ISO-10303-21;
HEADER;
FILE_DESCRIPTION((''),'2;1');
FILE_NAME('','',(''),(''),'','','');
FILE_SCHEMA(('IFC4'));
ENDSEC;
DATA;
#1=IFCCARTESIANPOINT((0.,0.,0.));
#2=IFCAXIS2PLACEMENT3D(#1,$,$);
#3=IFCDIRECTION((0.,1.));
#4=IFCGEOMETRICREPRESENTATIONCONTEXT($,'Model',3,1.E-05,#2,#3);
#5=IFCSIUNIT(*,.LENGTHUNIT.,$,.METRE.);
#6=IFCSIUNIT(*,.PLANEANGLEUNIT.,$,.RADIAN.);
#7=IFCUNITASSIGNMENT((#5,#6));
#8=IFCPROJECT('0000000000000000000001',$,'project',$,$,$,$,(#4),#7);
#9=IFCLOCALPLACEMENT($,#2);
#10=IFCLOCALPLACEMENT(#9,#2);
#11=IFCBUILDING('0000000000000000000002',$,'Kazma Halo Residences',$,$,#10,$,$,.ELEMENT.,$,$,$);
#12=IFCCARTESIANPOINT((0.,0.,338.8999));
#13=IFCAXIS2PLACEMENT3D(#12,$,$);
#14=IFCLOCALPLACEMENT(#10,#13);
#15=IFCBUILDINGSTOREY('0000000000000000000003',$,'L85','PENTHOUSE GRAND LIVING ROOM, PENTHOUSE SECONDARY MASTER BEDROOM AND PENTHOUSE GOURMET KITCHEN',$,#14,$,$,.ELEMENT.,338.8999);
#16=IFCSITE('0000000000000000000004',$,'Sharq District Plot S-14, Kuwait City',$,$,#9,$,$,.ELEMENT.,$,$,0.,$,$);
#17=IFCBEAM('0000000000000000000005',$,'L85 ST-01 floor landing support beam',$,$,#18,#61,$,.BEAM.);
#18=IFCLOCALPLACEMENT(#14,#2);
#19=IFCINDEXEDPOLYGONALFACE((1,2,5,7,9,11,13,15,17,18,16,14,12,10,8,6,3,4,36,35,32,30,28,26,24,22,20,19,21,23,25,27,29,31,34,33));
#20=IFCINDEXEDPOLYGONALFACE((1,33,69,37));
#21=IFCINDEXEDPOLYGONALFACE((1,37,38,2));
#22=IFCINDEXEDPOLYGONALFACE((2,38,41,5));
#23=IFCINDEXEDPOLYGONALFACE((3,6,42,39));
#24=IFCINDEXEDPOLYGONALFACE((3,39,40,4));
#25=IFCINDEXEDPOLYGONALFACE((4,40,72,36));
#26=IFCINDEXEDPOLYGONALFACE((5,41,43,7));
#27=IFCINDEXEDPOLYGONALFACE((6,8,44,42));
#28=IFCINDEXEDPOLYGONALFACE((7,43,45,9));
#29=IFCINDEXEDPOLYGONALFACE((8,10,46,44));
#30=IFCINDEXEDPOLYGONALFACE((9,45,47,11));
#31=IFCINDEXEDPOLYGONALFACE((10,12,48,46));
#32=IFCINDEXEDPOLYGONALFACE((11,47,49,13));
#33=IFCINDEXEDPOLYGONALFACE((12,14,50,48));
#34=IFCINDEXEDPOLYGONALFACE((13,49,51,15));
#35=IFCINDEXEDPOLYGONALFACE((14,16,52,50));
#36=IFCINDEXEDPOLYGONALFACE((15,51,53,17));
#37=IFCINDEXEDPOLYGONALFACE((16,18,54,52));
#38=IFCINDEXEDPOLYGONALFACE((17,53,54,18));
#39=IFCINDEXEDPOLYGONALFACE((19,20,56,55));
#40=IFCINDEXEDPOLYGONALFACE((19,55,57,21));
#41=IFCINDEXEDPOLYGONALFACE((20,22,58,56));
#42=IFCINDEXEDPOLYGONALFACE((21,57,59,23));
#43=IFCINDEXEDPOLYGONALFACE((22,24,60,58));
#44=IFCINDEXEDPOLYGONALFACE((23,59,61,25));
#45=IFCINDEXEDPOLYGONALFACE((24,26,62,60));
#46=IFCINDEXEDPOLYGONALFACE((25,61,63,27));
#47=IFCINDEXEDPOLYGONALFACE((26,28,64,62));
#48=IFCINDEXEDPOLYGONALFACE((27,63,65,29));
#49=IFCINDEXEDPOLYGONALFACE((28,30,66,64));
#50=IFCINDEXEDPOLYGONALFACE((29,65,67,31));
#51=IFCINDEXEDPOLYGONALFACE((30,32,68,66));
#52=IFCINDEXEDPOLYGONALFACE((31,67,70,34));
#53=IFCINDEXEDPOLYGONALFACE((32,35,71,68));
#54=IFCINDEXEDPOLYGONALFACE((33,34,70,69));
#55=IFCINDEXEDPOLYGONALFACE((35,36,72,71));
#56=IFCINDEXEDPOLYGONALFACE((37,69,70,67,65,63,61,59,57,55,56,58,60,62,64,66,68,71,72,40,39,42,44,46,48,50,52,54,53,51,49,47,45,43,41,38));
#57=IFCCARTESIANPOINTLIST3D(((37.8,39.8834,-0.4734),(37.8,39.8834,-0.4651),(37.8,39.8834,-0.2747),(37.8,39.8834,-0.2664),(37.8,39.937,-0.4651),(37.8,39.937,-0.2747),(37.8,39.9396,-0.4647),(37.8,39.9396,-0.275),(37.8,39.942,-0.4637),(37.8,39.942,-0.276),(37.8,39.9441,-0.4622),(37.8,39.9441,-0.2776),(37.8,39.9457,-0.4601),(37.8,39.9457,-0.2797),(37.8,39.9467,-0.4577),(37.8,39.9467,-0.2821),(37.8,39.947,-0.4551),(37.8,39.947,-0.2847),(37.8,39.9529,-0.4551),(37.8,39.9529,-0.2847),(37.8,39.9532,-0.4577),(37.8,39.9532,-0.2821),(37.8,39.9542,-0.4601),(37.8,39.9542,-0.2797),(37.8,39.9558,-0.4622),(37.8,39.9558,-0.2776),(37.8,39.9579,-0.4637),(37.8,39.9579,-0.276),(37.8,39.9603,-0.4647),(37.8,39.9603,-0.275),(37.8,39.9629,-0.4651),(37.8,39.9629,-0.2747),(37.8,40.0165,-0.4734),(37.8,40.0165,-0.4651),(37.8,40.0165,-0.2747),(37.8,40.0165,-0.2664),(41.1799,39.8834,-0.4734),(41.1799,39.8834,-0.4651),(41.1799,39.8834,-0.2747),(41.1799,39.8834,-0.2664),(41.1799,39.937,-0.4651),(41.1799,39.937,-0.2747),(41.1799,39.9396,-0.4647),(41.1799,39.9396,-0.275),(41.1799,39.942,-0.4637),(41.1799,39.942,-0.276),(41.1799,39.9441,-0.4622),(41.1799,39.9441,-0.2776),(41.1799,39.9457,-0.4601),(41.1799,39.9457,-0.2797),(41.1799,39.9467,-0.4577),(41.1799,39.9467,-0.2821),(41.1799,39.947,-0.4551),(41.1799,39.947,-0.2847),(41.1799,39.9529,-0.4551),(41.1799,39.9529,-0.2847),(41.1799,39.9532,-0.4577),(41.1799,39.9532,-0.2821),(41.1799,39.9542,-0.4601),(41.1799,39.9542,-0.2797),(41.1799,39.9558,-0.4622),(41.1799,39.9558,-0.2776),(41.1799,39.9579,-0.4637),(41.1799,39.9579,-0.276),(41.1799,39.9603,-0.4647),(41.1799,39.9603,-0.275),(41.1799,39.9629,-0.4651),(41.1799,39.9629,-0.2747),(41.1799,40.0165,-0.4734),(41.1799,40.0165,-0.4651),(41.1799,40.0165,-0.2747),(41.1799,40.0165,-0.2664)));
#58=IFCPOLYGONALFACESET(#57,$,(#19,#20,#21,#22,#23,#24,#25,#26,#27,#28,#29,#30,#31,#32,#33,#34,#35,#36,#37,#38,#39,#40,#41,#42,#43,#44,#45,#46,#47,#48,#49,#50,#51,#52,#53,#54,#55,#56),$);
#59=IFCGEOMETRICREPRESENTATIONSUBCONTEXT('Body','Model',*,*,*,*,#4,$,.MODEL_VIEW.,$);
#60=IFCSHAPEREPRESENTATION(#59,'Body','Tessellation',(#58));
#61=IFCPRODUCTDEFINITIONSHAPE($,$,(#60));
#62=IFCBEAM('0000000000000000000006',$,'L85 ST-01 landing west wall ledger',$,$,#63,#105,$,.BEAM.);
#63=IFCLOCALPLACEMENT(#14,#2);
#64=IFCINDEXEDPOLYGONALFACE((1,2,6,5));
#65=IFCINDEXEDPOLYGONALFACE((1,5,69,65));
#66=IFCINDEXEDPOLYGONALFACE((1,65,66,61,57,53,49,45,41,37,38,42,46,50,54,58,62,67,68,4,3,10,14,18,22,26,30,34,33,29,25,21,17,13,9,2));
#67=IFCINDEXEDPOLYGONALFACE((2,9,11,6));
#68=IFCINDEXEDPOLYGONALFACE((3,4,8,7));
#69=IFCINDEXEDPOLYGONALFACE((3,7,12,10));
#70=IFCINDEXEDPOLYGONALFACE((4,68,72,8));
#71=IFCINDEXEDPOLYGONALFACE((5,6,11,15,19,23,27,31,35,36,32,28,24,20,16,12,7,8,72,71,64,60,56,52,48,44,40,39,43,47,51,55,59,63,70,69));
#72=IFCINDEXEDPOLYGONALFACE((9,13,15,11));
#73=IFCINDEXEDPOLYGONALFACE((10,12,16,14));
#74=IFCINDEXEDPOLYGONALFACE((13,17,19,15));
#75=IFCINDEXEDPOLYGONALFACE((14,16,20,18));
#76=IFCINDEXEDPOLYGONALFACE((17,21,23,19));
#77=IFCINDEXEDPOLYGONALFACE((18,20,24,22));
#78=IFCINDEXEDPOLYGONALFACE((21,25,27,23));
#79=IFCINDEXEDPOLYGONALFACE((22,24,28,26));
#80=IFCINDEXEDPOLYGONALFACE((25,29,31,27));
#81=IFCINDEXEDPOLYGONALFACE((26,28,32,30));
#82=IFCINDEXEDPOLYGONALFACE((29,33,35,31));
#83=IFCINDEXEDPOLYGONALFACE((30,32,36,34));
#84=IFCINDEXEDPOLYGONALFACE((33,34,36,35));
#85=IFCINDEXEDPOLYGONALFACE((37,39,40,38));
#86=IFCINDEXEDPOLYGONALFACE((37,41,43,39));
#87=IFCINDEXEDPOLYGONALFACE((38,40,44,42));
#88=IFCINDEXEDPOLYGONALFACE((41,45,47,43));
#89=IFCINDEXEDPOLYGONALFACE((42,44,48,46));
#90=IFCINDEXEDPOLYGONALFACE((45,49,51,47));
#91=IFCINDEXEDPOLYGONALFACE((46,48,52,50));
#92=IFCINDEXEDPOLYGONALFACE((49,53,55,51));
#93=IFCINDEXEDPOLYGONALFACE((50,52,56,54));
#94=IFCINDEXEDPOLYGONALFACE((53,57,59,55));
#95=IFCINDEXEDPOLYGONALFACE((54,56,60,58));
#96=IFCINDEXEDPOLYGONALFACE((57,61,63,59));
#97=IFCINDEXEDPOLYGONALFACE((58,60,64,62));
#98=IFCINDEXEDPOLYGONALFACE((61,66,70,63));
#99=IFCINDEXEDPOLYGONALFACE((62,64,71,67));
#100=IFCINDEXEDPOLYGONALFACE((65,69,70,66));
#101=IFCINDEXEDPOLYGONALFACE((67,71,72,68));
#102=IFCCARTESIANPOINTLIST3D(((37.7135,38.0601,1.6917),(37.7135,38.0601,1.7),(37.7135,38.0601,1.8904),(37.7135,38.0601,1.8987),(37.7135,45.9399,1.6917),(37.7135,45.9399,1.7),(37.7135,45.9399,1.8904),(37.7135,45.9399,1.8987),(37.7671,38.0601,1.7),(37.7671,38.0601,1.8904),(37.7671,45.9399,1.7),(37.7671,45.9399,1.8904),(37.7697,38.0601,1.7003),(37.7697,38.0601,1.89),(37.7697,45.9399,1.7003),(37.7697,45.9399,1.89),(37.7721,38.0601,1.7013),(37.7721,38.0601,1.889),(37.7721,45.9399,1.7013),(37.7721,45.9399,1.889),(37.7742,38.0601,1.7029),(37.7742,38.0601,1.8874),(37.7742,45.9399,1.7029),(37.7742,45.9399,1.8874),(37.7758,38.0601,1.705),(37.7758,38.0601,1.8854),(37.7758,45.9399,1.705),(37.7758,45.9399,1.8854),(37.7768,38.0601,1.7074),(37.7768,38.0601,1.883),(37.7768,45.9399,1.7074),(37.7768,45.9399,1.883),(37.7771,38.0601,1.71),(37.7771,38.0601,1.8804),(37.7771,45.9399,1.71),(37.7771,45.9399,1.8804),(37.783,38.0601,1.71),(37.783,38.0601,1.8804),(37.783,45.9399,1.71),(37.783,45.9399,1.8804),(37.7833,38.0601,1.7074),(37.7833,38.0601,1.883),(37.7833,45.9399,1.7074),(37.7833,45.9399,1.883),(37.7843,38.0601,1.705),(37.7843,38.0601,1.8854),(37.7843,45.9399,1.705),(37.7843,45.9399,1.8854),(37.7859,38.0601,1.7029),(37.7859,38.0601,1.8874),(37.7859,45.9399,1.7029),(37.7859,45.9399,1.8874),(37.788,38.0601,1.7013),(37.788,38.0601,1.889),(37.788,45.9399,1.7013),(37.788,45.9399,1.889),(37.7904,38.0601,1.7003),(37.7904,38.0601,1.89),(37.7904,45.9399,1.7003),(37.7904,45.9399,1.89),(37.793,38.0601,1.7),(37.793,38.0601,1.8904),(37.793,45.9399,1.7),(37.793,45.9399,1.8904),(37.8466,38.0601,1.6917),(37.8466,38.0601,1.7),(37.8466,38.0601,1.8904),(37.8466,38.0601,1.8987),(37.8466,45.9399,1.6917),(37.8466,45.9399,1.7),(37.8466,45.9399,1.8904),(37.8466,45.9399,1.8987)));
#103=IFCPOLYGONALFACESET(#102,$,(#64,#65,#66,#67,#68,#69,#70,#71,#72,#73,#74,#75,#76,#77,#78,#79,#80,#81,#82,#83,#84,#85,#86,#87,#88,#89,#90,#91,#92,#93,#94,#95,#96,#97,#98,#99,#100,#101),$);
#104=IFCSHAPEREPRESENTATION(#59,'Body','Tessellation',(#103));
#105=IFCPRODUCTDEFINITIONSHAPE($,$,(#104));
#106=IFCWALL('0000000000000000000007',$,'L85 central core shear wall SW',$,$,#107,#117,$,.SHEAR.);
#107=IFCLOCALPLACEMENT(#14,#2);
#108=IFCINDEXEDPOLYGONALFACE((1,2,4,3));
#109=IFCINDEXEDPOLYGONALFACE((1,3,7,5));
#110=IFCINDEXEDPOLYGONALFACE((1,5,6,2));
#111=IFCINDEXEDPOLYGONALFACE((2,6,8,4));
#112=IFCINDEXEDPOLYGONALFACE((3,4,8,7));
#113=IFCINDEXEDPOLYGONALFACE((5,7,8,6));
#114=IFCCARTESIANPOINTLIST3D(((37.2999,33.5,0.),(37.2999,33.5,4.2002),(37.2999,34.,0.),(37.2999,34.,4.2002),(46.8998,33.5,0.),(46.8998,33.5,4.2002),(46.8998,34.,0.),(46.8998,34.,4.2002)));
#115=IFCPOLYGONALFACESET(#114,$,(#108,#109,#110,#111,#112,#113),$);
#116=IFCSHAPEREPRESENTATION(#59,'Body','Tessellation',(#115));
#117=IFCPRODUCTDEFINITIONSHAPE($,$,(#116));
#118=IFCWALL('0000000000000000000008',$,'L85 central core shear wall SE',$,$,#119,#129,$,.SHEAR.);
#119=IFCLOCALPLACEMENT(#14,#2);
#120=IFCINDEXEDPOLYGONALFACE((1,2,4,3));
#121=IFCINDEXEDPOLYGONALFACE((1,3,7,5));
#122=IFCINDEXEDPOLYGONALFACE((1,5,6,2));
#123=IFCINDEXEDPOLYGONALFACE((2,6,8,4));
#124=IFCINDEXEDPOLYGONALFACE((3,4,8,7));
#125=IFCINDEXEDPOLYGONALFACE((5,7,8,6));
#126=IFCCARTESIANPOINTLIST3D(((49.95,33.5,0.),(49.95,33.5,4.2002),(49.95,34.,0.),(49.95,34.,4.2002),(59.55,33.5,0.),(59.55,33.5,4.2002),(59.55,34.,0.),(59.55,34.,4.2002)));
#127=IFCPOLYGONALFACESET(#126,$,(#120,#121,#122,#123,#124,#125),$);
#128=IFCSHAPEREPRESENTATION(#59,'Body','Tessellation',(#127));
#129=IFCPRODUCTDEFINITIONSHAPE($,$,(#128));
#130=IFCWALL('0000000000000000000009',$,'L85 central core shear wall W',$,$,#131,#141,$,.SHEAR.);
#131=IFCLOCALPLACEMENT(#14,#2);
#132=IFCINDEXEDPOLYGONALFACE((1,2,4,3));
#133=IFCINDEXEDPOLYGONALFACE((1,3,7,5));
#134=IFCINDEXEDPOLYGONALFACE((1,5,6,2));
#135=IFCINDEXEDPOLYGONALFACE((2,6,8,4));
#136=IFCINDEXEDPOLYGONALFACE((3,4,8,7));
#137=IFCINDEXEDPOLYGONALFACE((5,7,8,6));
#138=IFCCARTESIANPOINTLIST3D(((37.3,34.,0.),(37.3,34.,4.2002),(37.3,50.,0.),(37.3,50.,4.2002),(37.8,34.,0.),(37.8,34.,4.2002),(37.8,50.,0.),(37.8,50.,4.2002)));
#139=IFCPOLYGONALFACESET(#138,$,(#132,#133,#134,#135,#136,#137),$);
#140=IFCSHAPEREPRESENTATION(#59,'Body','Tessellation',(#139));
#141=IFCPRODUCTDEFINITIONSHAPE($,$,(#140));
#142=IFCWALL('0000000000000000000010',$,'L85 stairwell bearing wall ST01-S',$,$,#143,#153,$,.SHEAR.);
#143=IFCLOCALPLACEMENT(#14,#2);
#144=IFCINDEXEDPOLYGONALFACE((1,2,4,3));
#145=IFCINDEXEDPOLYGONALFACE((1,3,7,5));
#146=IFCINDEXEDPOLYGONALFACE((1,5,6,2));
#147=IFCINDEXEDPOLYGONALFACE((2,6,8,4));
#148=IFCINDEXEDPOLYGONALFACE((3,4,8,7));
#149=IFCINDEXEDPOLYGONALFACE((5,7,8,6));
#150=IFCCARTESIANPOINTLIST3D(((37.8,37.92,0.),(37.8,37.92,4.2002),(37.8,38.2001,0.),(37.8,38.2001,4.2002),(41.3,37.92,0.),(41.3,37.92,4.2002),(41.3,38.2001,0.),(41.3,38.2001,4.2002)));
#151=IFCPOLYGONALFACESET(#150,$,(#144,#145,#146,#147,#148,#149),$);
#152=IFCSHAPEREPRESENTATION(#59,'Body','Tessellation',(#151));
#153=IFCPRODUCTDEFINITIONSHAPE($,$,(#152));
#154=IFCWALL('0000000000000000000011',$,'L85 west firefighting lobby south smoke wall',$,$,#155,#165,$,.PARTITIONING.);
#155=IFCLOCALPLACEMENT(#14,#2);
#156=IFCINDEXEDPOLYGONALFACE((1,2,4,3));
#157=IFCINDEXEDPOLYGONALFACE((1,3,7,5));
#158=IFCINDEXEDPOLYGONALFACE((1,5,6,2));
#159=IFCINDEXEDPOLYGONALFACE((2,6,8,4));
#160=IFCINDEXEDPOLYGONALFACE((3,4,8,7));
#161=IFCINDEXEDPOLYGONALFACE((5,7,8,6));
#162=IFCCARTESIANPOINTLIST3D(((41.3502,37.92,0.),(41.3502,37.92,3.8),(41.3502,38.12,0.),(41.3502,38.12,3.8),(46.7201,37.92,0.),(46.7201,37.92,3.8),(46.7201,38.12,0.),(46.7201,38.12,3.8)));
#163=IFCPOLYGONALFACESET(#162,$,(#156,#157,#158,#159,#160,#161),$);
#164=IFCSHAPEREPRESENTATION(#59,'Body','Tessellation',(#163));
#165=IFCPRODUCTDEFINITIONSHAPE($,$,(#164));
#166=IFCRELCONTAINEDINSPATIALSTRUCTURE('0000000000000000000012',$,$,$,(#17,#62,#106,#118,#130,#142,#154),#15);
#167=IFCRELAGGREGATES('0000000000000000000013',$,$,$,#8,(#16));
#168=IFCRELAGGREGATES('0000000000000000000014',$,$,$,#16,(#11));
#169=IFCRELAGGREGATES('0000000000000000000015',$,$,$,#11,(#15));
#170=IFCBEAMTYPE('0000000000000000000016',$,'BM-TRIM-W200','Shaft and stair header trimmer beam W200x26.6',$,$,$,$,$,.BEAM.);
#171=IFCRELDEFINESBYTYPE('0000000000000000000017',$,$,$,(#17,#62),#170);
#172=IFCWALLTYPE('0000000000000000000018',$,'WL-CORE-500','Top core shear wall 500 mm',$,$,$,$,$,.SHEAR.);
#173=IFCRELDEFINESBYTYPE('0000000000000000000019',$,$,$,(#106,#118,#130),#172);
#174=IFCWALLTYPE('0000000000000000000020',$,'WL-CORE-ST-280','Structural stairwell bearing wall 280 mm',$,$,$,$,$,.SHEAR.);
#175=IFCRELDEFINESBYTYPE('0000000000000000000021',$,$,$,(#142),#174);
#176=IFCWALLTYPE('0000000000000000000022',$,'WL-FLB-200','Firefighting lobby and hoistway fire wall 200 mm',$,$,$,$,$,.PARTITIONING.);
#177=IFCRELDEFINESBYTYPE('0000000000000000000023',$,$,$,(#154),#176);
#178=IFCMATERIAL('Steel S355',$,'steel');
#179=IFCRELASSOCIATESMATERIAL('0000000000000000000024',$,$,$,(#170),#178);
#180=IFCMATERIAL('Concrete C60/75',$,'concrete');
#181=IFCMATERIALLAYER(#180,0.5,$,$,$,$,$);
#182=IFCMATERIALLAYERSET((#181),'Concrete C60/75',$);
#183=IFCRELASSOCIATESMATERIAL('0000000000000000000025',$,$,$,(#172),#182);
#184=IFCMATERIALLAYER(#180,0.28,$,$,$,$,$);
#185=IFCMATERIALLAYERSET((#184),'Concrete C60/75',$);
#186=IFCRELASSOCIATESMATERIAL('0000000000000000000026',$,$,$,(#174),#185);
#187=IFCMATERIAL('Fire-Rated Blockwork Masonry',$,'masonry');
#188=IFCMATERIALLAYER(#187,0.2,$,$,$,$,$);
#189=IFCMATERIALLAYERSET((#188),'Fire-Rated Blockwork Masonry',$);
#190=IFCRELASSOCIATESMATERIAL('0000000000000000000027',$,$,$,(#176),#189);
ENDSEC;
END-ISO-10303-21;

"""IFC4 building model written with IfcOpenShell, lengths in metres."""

from ifc_helpers import new_model, si_unit, direction, frame, frame_2d, origin, origin_2d, place, context, subcontext, project, spatial, rectangle, i_section, extrude, material, layer, layer_set, material_profile, profile_set, type_object, element, save


model = new_model("IFC4")

# Units and contexts
model_context = context("Model", 3, precision=1e-05, world=origin(), true_north=direction((0.0, 1.0)))
body_context = subcontext(model_context, "Body", "Model", "MODEL_VIEW")
ifc_project = project(units=[si_unit("LENGTHUNIT", "METRE"), si_unit("PLANEANGLEUNIT", "RADIAN")], contexts=[model_context])

# Site, building, storey
site_placement = place(None, origin())
site = spatial("IfcSite", under=ifc_project, at=site_placement, Name="Sharq District Plot S-14, Kuwait City", CompositionType="ELEMENT", RefElevation=0.0)
building_placement = place(site_placement, origin())
building = spatial("IfcBuilding", under=site, at=building_placement, Name="Kazma Halo Residences", CompositionType="ELEMENT")
storey_placement = place(building_placement, frame((0.0, 0.0, 338.8999)))
storey = spatial("IfcBuildingStorey", under=building, at=storey_placement, Name="L85", Description="PENTHOUSE GRAND LIVING ROOM, PENTHOUSE SECONDARY MASTER BEDROOM AND PENTHOUSE GOURMET KITCHEN", CompositionType="ELEMENT", Elevation=338.8999)

# Beams
ifc_material_1 = material(Name="Steel S355", Category="steel")
ifc_material_profile_1 = material_profile(ifc_material_1, i_section(OverallWidth=0.1331, OverallDepth=0.207, WebThickness=0.0059, FlangeThickness=0.0083, FilletRadius=0.01, at=origin_2d()), Name="W200x26.6")
ifc_profile_set_1 = profile_set([ifc_material_profile_1], Name="Steel S355")
beam_type_1 = type_object("IfcBeamType", Name="BM-TRIM-W200", Description="Shaft and stair header trimmer beam W200x26.6", PredefinedType="BEAM", material=ifc_profile_set_1)
beam_1_placement = place(storey_placement, frame((37.8, 39.95, -0.3699), z_axis=(1.0, 0.0, 0.0), x_axis=(0.0, 1.0, 0.0)))
element("IfcBeam", 1, at=beam_1_placement, inside=storey, type_object=beam_type_1, Name="L85 ST-01 floor landing support beam", PredefinedType="BEAM", context=body_context, shape_type="SweptSolid", body=[
    extrude(i_section(OverallWidth=0.1331, OverallDepth=0.207, WebThickness=0.0059, FlangeThickness=0.0083, FilletRadius=0.01, at=origin_2d()), origin(), (0.0, 0.0, 1.0), 3.3799),
])
beam_2_placement = place(storey_placement, frame((37.78, 38.0601, 1.7952), z_axis=(0.0, 1.0, 0.0), x_axis=(-1.0, 0.0, 0.0)))
element("IfcBeam", 2, at=beam_2_placement, inside=storey, type_object=beam_type_1, Name="L85 ST-01 landing west wall ledger", PredefinedType="BEAM", context=body_context, shape_type="SweptSolid", body=[
    extrude(i_section(OverallWidth=0.1331, OverallDepth=0.207, WebThickness=0.0059, FlangeThickness=0.0083, FilletRadius=0.01, at=origin_2d()), origin(), (0.0, 0.0, 1.0), 7.8799),
])

# Walls
ifc_material_2 = material(Name="Concrete C60/75", Category="concrete")
ifc_layer_1 = layer(ifc_material_2, 0.5)
ifc_layer_set_1 = layer_set([ifc_layer_1], Name="Concrete C60/75")
wall_type_1 = type_object("IfcWallType", Name="WL-CORE-500", Description="Top core shear wall 500 mm", PredefinedType="SHEAR", material=ifc_layer_set_1)
wall_1_placement = place(storey_placement, frame((37.3, 33.75, 0.0), z_axis=(0.0, 0.0, 1.0), x_axis=(1.0, 0.0, 0.0)))
element("IfcWall", 3, at=wall_1_placement, inside=storey, type_object=wall_type_1, Name="L85 central core shear wall SW", PredefinedType="SHEAR", context=body_context, shape_type="SweptSolid", body=[
    extrude(rectangle(XDim=9.5999, YDim=0.5, at=frame_2d((4.7998, 0.0))), origin(), (0.0, 0.0, 1.0), 4.2002),
])
wall_2_placement = place(storey_placement, frame((49.95, 33.75, 0.0), z_axis=(0.0, 0.0, 1.0), x_axis=(1.0, 0.0, 0.0)))
element("IfcWall", 4, at=wall_2_placement, inside=storey, type_object=wall_type_1, Name="L85 central core shear wall SE", PredefinedType="SHEAR", context=body_context, shape_type="SweptSolid", body=[
    extrude(rectangle(XDim=9.6001, YDim=0.5, at=frame_2d((4.8, 0.0))), origin(), (0.0, 0.0, 1.0), 4.2002),
])
wall_3_placement = place(storey_placement, frame((37.55, 34.0, 0.0), z_axis=(0.0, 0.0, 1.0), x_axis=(0.0, 1.0, 0.0)))
element("IfcWall", 5, at=wall_3_placement, inside=storey, type_object=wall_type_1, Name="L85 central core shear wall W", PredefinedType="SHEAR", context=body_context, shape_type="SweptSolid", body=[
    extrude(rectangle(XDim=16.0, YDim=0.5, at=frame_2d((8.0, 0.0))), origin(), (0.0, 0.0, 1.0), 4.2002),
])
ifc_layer_2 = layer(ifc_material_2, 0.28)
ifc_layer_set_2 = layer_set([ifc_layer_2], Name="Concrete C60/75")
wall_type_2 = type_object("IfcWallType", Name="WL-CORE-ST-280", Description="Structural stairwell bearing wall 280 mm", PredefinedType="SHEAR", material=ifc_layer_set_2)
wall_4_placement = place(storey_placement, frame((37.8, 38.0601, 0.0), z_axis=(0.0, 0.0, 1.0), x_axis=(1.0, 0.0, 0.0)))
element("IfcWall", 6, at=wall_4_placement, inside=storey, type_object=wall_type_2, Name="L85 stairwell bearing wall ST01-S", PredefinedType="SHEAR", context=body_context, shape_type="SweptSolid", body=[
    extrude(rectangle(XDim=3.5, YDim=0.28, at=frame_2d((1.75, 0.0))), origin(), (0.0, 0.0, 1.0), 4.2002),
])
ifc_material_3 = material(Name="Fire-Rated Blockwork Masonry", Category="masonry")
ifc_layer_3 = layer(ifc_material_3, 0.2)
ifc_layer_set_3 = layer_set([ifc_layer_3], Name="Fire-Rated Blockwork Masonry")
wall_type_3 = type_object("IfcWallType", Name="WL-FLB-200", Description="Firefighting lobby and hoistway fire wall 200 mm", PredefinedType="PARTITIONING", material=ifc_layer_set_3)
wall_5_placement = place(storey_placement, frame((41.3501, 38.02, 0.0), z_axis=(0.0, 0.0, 1.0), x_axis=(1.0, 0.0, 0.0)))
element("IfcWall", 7, at=wall_5_placement, inside=storey, type_object=wall_type_3, Name="L85 west firefighting lobby south smoke wall", PredefinedType="PARTITIONING", context=body_context, shape_type="SweptSolid", body=[
    extrude(rectangle(XDim=5.3699, YDim=0.2, at=frame_2d((2.6851, 0.0))), origin(), (0.0, 0.0, 1.0), 3.8),
])

save(model, "model.ifc")
